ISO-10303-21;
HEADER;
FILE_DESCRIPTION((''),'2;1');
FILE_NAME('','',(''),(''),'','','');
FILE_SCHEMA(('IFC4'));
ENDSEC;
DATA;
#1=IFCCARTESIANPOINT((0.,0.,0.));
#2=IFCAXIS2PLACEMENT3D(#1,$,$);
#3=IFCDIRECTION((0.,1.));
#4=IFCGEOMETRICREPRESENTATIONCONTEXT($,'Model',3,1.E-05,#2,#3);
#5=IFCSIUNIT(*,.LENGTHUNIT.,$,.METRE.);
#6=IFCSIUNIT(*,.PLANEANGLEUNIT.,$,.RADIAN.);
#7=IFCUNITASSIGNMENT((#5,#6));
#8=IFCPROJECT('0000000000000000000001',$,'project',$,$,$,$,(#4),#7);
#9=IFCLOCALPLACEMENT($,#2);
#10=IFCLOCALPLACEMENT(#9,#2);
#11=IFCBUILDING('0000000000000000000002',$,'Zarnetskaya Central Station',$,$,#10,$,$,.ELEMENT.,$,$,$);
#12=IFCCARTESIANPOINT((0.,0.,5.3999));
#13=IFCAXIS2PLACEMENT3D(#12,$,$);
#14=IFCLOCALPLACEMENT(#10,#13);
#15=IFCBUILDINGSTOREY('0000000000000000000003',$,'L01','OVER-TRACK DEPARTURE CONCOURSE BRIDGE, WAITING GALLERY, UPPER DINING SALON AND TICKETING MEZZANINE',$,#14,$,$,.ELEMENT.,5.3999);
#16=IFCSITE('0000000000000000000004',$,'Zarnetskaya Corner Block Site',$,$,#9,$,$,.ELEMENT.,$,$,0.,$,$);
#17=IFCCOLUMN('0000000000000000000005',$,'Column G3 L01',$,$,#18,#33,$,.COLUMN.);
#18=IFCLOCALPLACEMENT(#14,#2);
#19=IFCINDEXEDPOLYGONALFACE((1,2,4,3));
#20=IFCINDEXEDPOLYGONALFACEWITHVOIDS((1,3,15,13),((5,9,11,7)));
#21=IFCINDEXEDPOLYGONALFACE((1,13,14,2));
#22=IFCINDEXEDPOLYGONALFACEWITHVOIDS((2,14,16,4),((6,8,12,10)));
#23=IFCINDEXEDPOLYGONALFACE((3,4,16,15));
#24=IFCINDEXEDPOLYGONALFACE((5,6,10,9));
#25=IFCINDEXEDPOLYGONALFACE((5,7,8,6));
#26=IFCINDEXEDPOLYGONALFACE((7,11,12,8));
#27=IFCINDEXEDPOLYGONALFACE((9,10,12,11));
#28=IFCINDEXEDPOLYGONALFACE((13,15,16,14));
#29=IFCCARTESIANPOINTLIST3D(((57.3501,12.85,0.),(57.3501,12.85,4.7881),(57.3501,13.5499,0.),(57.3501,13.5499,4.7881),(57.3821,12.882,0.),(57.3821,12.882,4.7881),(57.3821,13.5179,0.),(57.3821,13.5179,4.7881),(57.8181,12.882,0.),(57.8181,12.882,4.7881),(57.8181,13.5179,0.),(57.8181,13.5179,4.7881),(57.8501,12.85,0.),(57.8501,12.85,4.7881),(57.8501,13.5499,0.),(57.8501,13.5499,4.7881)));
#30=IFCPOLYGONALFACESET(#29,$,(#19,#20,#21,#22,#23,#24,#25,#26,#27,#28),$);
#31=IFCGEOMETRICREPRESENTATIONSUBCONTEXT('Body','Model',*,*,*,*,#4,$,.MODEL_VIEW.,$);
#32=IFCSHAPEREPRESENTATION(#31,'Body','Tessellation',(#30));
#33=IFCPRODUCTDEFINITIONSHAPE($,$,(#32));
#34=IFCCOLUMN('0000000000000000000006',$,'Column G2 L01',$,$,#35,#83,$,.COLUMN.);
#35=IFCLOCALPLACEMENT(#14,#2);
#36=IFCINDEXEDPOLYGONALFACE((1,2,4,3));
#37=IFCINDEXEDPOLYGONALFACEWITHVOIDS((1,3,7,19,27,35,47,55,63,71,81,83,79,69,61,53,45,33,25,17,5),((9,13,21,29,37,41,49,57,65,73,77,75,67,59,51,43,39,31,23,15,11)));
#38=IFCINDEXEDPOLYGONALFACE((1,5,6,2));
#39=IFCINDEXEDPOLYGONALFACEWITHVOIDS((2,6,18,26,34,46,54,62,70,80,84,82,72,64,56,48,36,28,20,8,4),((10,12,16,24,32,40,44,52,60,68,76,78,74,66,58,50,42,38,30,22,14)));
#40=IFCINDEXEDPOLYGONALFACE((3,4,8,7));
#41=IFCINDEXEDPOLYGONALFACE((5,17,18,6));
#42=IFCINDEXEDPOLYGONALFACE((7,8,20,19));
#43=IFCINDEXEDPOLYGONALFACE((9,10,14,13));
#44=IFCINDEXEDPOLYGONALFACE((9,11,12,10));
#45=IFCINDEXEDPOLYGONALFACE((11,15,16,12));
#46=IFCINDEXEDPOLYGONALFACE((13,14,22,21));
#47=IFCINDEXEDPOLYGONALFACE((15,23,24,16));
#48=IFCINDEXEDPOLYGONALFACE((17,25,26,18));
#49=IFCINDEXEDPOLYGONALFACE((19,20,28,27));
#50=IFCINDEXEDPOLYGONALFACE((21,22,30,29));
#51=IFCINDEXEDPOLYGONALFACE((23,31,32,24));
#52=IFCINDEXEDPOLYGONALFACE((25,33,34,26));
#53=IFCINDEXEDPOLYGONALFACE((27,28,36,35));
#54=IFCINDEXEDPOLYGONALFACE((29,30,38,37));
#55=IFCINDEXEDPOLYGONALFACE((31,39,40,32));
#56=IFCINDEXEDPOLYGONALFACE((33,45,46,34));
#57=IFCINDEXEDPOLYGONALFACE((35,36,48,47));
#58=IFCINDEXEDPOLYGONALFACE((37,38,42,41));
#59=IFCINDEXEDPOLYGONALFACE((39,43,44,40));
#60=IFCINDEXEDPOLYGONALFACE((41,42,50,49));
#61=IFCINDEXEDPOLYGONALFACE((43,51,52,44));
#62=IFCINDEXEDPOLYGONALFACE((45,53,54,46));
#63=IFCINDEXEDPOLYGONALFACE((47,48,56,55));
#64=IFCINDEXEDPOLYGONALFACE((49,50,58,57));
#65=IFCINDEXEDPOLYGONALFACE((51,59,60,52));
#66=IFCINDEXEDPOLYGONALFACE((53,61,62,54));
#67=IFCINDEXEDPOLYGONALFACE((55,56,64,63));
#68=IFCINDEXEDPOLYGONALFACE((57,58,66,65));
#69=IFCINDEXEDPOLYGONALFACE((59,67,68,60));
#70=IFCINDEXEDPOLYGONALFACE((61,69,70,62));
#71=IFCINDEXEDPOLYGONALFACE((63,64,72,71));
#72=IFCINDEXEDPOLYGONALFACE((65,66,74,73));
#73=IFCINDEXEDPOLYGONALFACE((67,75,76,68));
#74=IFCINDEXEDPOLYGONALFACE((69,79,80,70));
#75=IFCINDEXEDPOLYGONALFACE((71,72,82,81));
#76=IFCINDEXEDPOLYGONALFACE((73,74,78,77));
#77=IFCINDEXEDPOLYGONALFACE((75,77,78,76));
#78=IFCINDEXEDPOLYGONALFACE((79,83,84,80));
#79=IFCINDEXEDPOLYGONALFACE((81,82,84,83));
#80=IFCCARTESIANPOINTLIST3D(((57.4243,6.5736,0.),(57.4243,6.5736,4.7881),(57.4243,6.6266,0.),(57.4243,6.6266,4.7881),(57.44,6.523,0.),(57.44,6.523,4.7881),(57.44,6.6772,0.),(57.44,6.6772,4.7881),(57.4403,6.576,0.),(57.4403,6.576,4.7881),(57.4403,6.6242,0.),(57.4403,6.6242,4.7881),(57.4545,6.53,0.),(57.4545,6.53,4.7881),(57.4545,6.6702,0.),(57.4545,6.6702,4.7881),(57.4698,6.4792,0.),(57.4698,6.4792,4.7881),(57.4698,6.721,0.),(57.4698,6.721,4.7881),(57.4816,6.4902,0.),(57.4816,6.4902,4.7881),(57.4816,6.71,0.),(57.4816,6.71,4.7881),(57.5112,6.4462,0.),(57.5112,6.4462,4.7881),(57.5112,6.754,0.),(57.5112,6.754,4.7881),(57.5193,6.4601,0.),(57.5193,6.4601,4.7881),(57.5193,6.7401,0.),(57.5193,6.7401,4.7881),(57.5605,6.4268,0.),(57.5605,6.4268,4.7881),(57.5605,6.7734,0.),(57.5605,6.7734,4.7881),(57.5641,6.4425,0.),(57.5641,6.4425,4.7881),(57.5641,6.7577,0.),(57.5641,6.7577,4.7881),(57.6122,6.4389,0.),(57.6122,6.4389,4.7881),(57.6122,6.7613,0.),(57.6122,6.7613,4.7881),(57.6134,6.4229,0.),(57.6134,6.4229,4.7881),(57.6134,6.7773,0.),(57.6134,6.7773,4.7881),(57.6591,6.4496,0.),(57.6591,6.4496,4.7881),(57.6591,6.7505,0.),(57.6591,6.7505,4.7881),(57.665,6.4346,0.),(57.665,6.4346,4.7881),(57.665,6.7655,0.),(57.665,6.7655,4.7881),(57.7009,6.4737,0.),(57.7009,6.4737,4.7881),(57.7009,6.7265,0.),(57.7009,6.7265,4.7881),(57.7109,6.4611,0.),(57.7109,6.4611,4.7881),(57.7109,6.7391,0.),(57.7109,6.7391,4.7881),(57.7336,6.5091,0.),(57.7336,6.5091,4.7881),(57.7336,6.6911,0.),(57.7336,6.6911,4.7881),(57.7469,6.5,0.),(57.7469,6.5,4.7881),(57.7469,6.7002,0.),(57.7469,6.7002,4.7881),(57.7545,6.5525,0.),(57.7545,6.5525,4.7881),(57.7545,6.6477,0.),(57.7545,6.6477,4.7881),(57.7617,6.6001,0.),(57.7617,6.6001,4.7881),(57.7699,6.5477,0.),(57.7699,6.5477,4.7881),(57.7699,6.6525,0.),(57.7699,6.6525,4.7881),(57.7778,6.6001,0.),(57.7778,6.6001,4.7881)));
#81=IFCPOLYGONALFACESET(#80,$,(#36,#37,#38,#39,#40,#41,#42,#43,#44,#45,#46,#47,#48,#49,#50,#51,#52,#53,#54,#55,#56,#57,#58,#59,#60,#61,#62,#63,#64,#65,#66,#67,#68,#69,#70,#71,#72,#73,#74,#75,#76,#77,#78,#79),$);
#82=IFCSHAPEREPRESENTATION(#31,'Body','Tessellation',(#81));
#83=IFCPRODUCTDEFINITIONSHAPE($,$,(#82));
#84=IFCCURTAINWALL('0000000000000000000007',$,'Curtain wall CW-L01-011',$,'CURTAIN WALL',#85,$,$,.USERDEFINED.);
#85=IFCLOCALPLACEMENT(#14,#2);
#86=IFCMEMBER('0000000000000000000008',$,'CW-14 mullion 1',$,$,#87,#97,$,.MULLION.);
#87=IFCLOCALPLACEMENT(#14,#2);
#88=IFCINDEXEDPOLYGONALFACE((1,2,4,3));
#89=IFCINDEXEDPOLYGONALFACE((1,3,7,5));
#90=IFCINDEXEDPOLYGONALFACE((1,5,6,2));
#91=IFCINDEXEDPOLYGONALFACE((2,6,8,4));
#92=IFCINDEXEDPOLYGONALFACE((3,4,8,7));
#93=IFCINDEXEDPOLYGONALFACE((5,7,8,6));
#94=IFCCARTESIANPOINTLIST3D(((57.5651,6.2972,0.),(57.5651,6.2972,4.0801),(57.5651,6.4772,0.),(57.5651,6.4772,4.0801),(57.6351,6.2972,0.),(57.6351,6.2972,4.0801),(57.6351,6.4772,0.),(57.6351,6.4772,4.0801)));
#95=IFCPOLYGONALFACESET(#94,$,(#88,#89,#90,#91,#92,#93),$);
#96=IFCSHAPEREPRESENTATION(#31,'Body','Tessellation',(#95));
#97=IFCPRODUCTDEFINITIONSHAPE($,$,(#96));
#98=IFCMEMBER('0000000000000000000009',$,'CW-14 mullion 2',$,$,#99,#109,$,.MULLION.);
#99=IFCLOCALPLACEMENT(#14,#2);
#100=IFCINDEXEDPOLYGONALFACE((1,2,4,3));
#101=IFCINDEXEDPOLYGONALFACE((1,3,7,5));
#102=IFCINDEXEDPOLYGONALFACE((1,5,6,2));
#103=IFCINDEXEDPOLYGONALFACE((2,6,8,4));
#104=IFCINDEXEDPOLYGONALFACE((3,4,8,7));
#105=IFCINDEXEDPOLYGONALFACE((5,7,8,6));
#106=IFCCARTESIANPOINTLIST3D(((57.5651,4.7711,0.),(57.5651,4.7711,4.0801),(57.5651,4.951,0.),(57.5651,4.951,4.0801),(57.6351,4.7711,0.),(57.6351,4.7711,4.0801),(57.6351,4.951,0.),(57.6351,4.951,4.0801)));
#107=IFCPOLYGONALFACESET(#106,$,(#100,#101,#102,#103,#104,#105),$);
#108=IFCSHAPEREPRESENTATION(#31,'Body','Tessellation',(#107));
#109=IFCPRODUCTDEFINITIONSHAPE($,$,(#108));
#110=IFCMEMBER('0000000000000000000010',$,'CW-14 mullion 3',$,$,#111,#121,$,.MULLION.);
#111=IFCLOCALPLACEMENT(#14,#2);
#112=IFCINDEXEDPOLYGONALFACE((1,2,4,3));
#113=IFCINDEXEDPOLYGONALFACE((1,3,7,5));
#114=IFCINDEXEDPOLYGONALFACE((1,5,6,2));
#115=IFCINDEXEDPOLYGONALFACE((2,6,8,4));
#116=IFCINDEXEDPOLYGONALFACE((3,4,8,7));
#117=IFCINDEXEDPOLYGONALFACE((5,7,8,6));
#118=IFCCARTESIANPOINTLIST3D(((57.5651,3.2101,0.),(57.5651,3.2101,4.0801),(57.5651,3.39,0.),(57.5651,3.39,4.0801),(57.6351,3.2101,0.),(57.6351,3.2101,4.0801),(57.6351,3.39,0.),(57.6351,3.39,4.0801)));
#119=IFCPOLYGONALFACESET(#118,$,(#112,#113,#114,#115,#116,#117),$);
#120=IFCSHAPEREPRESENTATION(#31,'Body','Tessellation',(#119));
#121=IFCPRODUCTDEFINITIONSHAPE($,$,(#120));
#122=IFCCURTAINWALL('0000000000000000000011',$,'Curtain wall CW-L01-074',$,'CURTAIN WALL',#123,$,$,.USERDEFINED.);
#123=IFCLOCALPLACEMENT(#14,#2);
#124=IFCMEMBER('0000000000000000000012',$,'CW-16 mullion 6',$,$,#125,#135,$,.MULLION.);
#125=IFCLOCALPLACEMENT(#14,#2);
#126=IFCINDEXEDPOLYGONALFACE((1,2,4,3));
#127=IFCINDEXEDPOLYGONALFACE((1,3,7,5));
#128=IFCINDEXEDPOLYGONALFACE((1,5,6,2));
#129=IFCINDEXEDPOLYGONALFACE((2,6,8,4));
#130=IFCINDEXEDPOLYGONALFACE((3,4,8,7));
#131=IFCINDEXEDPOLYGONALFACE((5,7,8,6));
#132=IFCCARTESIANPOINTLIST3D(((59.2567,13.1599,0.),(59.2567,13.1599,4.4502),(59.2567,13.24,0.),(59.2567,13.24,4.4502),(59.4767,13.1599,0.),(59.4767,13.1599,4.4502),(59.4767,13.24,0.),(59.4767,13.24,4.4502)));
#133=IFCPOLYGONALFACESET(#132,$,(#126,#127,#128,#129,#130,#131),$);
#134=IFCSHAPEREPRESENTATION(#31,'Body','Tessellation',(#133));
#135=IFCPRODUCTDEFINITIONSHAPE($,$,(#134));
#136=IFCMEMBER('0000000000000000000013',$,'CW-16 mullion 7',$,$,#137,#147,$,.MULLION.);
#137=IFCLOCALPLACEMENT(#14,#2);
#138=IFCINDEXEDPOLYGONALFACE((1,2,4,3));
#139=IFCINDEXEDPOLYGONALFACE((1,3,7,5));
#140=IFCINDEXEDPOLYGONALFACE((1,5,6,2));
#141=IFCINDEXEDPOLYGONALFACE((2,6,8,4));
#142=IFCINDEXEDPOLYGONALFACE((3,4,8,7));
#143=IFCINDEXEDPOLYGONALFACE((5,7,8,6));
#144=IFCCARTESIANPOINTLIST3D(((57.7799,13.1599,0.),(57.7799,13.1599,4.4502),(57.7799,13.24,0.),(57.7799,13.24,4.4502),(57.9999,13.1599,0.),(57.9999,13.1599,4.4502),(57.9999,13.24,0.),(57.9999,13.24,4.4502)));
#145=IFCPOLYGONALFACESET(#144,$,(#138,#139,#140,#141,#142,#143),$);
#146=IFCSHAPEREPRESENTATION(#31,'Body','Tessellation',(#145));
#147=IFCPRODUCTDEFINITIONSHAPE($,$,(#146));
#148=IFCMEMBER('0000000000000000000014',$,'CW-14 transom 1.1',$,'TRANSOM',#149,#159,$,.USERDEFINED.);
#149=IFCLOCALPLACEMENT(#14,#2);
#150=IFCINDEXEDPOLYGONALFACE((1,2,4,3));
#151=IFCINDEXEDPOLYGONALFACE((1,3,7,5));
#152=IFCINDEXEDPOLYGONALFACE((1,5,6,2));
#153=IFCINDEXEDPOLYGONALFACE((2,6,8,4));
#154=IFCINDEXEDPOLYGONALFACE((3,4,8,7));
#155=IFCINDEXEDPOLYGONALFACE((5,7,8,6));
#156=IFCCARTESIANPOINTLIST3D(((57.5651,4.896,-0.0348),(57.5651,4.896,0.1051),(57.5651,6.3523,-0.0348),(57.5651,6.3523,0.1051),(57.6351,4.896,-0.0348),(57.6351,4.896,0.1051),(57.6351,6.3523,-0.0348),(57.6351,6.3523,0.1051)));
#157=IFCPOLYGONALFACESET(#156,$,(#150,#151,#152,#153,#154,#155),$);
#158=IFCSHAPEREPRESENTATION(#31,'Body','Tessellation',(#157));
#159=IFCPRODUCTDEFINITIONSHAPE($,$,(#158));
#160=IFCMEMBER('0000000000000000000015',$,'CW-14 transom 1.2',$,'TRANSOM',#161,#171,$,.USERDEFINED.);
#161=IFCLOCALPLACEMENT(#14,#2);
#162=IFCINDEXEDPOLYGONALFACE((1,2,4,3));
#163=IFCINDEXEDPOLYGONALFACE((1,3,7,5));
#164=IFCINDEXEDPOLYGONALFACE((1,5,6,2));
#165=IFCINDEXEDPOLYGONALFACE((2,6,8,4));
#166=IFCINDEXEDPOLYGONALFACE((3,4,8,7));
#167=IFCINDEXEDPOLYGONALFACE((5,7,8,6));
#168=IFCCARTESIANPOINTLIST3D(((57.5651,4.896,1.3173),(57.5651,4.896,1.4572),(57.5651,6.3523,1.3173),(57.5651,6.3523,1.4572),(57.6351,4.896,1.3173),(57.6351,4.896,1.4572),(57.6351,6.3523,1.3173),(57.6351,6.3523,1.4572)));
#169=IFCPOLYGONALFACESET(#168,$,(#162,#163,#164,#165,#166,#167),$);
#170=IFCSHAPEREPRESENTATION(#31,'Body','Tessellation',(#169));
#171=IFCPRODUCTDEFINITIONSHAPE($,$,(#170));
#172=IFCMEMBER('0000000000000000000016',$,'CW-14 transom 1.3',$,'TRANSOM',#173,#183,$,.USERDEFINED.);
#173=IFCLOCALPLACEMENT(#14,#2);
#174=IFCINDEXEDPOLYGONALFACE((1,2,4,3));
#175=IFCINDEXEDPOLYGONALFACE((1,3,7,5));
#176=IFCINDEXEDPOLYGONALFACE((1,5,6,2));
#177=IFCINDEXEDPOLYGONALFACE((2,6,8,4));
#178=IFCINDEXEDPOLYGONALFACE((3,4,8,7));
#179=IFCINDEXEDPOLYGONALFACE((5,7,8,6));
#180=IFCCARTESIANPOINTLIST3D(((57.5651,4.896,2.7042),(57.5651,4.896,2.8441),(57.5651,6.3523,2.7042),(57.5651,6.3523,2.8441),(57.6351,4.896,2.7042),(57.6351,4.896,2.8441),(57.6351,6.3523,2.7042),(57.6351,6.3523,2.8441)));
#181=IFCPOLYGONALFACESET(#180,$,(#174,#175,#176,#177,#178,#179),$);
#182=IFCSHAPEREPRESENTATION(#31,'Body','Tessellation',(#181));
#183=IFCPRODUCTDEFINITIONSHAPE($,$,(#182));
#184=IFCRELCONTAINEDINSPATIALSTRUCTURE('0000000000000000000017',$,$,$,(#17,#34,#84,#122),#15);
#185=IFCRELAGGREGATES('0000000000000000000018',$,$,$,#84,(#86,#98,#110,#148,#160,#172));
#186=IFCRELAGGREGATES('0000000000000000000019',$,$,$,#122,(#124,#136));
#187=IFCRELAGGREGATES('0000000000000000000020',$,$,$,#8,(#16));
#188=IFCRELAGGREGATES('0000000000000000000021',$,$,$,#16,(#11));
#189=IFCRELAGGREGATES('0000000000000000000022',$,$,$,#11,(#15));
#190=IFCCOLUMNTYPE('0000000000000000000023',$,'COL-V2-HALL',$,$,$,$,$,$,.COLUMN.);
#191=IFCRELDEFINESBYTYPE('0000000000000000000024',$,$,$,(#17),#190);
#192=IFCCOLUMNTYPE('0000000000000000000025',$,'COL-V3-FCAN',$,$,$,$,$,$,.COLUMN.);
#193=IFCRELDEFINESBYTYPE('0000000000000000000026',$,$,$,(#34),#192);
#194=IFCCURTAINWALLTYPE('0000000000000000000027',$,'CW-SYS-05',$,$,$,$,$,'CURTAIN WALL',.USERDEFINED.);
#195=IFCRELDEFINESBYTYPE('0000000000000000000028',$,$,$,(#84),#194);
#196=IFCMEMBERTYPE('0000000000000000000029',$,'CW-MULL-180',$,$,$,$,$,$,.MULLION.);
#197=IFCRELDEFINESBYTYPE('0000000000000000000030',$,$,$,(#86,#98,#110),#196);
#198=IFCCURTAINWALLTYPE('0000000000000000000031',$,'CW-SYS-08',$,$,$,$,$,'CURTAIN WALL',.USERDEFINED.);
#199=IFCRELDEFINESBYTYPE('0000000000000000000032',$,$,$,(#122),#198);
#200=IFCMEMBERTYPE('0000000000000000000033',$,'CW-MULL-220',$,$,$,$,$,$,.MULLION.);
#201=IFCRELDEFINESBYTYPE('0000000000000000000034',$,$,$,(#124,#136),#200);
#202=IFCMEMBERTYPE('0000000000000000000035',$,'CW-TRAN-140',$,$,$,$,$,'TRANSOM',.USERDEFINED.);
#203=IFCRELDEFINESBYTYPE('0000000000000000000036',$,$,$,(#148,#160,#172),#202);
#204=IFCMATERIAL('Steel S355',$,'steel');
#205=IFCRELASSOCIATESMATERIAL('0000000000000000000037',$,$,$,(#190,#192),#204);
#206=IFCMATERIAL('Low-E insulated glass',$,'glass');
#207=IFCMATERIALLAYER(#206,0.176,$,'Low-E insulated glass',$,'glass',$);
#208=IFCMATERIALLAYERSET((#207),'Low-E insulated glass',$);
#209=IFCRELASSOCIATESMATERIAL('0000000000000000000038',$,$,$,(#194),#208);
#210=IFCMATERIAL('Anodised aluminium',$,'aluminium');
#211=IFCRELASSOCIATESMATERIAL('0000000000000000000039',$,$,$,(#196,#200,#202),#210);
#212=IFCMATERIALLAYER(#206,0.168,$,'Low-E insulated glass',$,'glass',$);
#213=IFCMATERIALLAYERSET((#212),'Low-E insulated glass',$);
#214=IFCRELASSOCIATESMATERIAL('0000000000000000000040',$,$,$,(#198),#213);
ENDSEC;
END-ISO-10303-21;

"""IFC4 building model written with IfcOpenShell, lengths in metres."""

from ifc_helpers import new_model, si_unit, direction, frame, origin, origin_2d, place, context, subcontext, project, spatial, rectangle, hollow_rectangle, hollow_circle, extrude, material, layer, layer_set, material_profile, profile_set, type_object, element, aggregate, save


model = new_model("IFC4")

# Units and contexts
model_context = context("Model", 3, precision=1e-05, world=origin(), true_north=direction((0.0, 1.0)))
body_context = subcontext(model_context, "Body", "Model", "MODEL_VIEW")
ifc_project = project(units=[si_unit("LENGTHUNIT", "METRE"), si_unit("PLANEANGLEUNIT", "RADIAN")], contexts=[model_context])

# Site, building, storey
site_placement = place(None, origin())
site = spatial("IfcSite", under=ifc_project, at=site_placement, Name="Zarnetskaya Corner Block Site", CompositionType="ELEMENT", RefElevation=0.0)
building_placement = place(site_placement, origin())
building = spatial("IfcBuilding", under=site, at=building_placement, Name="Zarnetskaya Central Station", CompositionType="ELEMENT")
storey_placement = place(building_placement, frame((0.0, 0.0, 5.3999)))
storey = spatial("IfcBuildingStorey", under=building, at=storey_placement, Name="L01", Description="OVER-TRACK DEPARTURE CONCOURSE BRIDGE, WAITING GALLERY, UPPER DINING SALON AND TICKETING MEZZANINE", CompositionType="ELEMENT", Elevation=5.3999)

# Columns
ifc_material_1 = material(Name="Steel S355", Category="steel")
ifc_material_profile_1 = material_profile(ifc_material_1, hollow_rectangle(XDim=0.5, YDim=0.7, WallThickness=0.032, at=origin_2d()), Name="BOX 700x500x32")
ifc_profile_set_1 = profile_set([ifc_material_profile_1], Name="Steel S355")
column_type_1 = type_object("IfcColumnType", Name="COL-V2-HALL", PredefinedType="COLUMN", material=ifc_profile_set_1)
column_1_placement = place(storey_placement, frame((57.6001, 13.2, 0.0), z_axis=(0.0, 0.0, 1.0), x_axis=(1.0, 0.0, 0.0)))
element("IfcColumn", 1, at=column_1_placement, inside=storey, type_object=column_type_1, Name="Column G3 L01", PredefinedType="COLUMN", context=body_context, shape_type="SweptSolid", body=[
    extrude(hollow_rectangle(XDim=0.5, YDim=0.7, WallThickness=0.032, at=origin_2d()), origin(), (0.0, 0.0, 1.0), 4.7881),
])
ifc_material_profile_2 = material_profile(ifc_material_1, hollow_circle(Radius=0.1777, WallThickness=0.0161, at=origin_2d()), Name="CHS 355.6x16")
ifc_profile_set_2 = profile_set([ifc_material_profile_2], Name="Steel S355")
column_type_2 = type_object("IfcColumnType", Name="COL-V3-FCAN", PredefinedType="COLUMN", material=ifc_profile_set_2)
column_2_placement = place(storey_placement, frame((57.6001, 6.6001, 0.0), z_axis=(0.0, 0.0, 1.0), x_axis=(1.0, 0.0, 0.0)))
element("IfcColumn", 2, at=column_2_placement, inside=storey, type_object=column_type_2, Name="Column G2 L01", PredefinedType="COLUMN", context=body_context, shape_type="SweptSolid", body=[
    extrude(hollow_circle(Radius=0.1777, WallThickness=0.0161, at=origin_2d()), origin(), (0.0, 0.0, 1.0), 4.7881),
])

# Curtain walls, members
ifc_material_2 = material(Name="Low-E insulated glass", Category="glass")
ifc_layer_1 = layer(ifc_material_2, 0.176, Name="Low-E insulated glass", Category="glass")
ifc_layer_set_1 = layer_set([ifc_layer_1], Name="Low-E insulated glass")
curtain_wall_type_1 = type_object("IfcCurtainWallType", Name="CW-SYS-05", ElementType="CURTAIN WALL", PredefinedType="USERDEFINED", material=ifc_layer_set_1)
curtain_wall_1_placement = place(storey_placement, origin())
curtain_wall_1 = element("IfcCurtainWall", 3, at=curtain_wall_1_placement, inside=storey, type_object=curtain_wall_type_1, Name="Curtain wall CW-L01-011", ObjectType="CURTAIN WALL", PredefinedType="USERDEFINED")
ifc_material_3 = material(Name="Anodised aluminium", Category="aluminium")
ifc_material_profile_3 = material_profile(ifc_material_3, rectangle(XDim=0.0701, YDim=0.1799, at=origin_2d()), Name="ALU MULL 70x180")
ifc_profile_set_3 = profile_set([ifc_material_profile_3], Name="Anodised aluminium")
member_type_1 = type_object("IfcMemberType", Name="CW-MULL-180", PredefinedType="MULLION", material=ifc_profile_set_3)
member_1_placement = place(storey_placement, frame((57.6001, 6.3872, 0.0), z_axis=(0.0, 0.0, 1.0), x_axis=(1.0, 0.0, 0.0)))
member_1 = element("IfcMember", 4, at=member_1_placement, type_object=member_type_1, Name="CW-14 mullion 1", PredefinedType="MULLION", context=body_context, shape_type="SweptSolid", body=[
    extrude(rectangle(XDim=0.0701, YDim=0.1799, at=origin_2d()), origin(), (0.0, 0.0, 1.0), 4.0801),
])
member_2_placement = place(storey_placement, frame((57.6001, 4.8611, 0.0), z_axis=(0.0, 0.0, 1.0), x_axis=(1.0, 0.0, 0.0)))
member_2 = element("IfcMember", 5, at=member_2_placement, type_object=member_type_1, Name="CW-14 mullion 2", PredefinedType="MULLION", context=body_context, shape_type="SweptSolid", body=[
    extrude(rectangle(XDim=0.0701, YDim=0.1799, at=origin_2d()), origin(), (0.0, 0.0, 1.0), 4.0801),
])
member_3_placement = place(storey_placement, frame((57.6001, 3.3, 0.0), z_axis=(0.0, 0.0, 1.0), x_axis=(1.0, 0.0, 0.0)))
member_3 = element("IfcMember", 6, at=member_3_placement, type_object=member_type_1, Name="CW-14 mullion 3", PredefinedType="MULLION", context=body_context, shape_type="SweptSolid", body=[
    extrude(rectangle(XDim=0.0701, YDim=0.1799, at=origin_2d()), origin(), (0.0, 0.0, 1.0), 4.0801),
])
ifc_layer_2 = layer(ifc_material_2, 0.168, Name="Low-E insulated glass", Category="glass")
ifc_layer_set_2 = layer_set([ifc_layer_2], Name="Low-E insulated glass")
curtain_wall_type_2 = type_object("IfcCurtainWallType", Name="CW-SYS-08", ElementType="CURTAIN WALL", PredefinedType="USERDEFINED", material=ifc_layer_set_2)
curtain_wall_2_placement = place(storey_placement, origin())
curtain_wall_2 = element("IfcCurtainWall", 7, at=curtain_wall_2_placement, inside=storey, type_object=curtain_wall_type_2, Name="Curtain wall CW-L01-074", ObjectType="CURTAIN WALL", PredefinedType="USERDEFINED")
ifc_material_profile_4 = material_profile(ifc_material_3, rectangle(XDim=0.0801, YDim=0.22, at=origin_2d()), Name="ALU MULL 80x220")
ifc_profile_set_4 = profile_set([ifc_material_profile_4], Name="Anodised aluminium")
member_type_2 = type_object("IfcMemberType", Name="CW-MULL-220", PredefinedType="MULLION", material=ifc_profile_set_4)
member_4_placement = place(storey_placement, frame((59.3667, 13.2, 0.0), z_axis=(0.0, 0.0, 1.0), x_axis=(0.0, -1.0, 0.0)))
member_4 = element("IfcMember", 8, at=member_4_placement, type_object=member_type_2, Name="CW-16 mullion 6", PredefinedType="MULLION", context=body_context, shape_type="SweptSolid", body=[
    extrude(rectangle(XDim=0.0801, YDim=0.22, at=origin_2d()), origin(), (0.0, 0.0, 1.0), 4.4502),
])
member_5_placement = place(storey_placement, frame((57.8899, 13.2, 0.0), z_axis=(0.0, 0.0, 1.0), x_axis=(0.0, -1.0, 0.0)))
member_5 = element("IfcMember", 9, at=member_5_placement, type_object=member_type_2, Name="CW-16 mullion 7", PredefinedType="MULLION", context=body_context, shape_type="SweptSolid", body=[
    extrude(rectangle(XDim=0.0801, YDim=0.22, at=origin_2d()), origin(), (0.0, 0.0, 1.0), 4.4502),
])

# Members
ifc_material_profile_5 = material_profile(ifc_material_3, rectangle(XDim=0.0701, YDim=0.1399, at=origin_2d()), Name="ALU TRAN 70x140")
ifc_profile_set_5 = profile_set([ifc_material_profile_5], Name="Anodised aluminium")
member_type_3 = type_object("IfcMemberType", Name="CW-TRAN-140", ElementType="TRANSOM", PredefinedType="USERDEFINED", material=ifc_profile_set_5)
member_6_placement = place(storey_placement, frame((57.6001, 6.3523, 0.0352), z_axis=(0.0, -1.0, 0.0), x_axis=(1.0, 0.0, 0.0)))
member_6 = element("IfcMember", 10, at=member_6_placement, type_object=member_type_3, Name="CW-14 transom 1.1", ObjectType="TRANSOM", PredefinedType="USERDEFINED", context=body_context, shape_type="SweptSolid", body=[
    extrude(rectangle(XDim=0.0701, YDim=0.1399, at=origin_2d()), origin(), (0.0, 0.0, 1.0), 1.4563),
])
member_7_placement = place(storey_placement, frame((57.6001, 6.3523, 1.3872), z_axis=(0.0, -1.0, 0.0), x_axis=(1.0, 0.0, 0.0)))
member_7 = element("IfcMember", 11, at=member_7_placement, type_object=member_type_3, Name="CW-14 transom 1.2", ObjectType="TRANSOM", PredefinedType="USERDEFINED", context=body_context, shape_type="SweptSolid", body=[
    extrude(rectangle(XDim=0.0701, YDim=0.1399, at=origin_2d()), origin(), (0.0, 0.0, 1.0), 1.4563),
])
member_8_placement = place(storey_placement, frame((57.6001, 6.3523, 2.7742), z_axis=(0.0, -1.0, 0.0), x_axis=(1.0, 0.0, 0.0)))
member_8 = element("IfcMember", 12, at=member_8_placement, type_object=member_type_3, Name="CW-14 transom 1.3", ObjectType="TRANSOM", PredefinedType="USERDEFINED", context=body_context, shape_type="SweptSolid", body=[
    extrude(rectangle(XDim=0.0701, YDim=0.1399, at=origin_2d()), origin(), (0.0, 0.0, 1.0), 1.4563),
])

aggregate(curtain_wall_1, [member_1, member_2, member_3, member_6, member_7, member_8])
aggregate(curtain_wall_2, [member_4, member_5])

save(model, "model.ifc")
